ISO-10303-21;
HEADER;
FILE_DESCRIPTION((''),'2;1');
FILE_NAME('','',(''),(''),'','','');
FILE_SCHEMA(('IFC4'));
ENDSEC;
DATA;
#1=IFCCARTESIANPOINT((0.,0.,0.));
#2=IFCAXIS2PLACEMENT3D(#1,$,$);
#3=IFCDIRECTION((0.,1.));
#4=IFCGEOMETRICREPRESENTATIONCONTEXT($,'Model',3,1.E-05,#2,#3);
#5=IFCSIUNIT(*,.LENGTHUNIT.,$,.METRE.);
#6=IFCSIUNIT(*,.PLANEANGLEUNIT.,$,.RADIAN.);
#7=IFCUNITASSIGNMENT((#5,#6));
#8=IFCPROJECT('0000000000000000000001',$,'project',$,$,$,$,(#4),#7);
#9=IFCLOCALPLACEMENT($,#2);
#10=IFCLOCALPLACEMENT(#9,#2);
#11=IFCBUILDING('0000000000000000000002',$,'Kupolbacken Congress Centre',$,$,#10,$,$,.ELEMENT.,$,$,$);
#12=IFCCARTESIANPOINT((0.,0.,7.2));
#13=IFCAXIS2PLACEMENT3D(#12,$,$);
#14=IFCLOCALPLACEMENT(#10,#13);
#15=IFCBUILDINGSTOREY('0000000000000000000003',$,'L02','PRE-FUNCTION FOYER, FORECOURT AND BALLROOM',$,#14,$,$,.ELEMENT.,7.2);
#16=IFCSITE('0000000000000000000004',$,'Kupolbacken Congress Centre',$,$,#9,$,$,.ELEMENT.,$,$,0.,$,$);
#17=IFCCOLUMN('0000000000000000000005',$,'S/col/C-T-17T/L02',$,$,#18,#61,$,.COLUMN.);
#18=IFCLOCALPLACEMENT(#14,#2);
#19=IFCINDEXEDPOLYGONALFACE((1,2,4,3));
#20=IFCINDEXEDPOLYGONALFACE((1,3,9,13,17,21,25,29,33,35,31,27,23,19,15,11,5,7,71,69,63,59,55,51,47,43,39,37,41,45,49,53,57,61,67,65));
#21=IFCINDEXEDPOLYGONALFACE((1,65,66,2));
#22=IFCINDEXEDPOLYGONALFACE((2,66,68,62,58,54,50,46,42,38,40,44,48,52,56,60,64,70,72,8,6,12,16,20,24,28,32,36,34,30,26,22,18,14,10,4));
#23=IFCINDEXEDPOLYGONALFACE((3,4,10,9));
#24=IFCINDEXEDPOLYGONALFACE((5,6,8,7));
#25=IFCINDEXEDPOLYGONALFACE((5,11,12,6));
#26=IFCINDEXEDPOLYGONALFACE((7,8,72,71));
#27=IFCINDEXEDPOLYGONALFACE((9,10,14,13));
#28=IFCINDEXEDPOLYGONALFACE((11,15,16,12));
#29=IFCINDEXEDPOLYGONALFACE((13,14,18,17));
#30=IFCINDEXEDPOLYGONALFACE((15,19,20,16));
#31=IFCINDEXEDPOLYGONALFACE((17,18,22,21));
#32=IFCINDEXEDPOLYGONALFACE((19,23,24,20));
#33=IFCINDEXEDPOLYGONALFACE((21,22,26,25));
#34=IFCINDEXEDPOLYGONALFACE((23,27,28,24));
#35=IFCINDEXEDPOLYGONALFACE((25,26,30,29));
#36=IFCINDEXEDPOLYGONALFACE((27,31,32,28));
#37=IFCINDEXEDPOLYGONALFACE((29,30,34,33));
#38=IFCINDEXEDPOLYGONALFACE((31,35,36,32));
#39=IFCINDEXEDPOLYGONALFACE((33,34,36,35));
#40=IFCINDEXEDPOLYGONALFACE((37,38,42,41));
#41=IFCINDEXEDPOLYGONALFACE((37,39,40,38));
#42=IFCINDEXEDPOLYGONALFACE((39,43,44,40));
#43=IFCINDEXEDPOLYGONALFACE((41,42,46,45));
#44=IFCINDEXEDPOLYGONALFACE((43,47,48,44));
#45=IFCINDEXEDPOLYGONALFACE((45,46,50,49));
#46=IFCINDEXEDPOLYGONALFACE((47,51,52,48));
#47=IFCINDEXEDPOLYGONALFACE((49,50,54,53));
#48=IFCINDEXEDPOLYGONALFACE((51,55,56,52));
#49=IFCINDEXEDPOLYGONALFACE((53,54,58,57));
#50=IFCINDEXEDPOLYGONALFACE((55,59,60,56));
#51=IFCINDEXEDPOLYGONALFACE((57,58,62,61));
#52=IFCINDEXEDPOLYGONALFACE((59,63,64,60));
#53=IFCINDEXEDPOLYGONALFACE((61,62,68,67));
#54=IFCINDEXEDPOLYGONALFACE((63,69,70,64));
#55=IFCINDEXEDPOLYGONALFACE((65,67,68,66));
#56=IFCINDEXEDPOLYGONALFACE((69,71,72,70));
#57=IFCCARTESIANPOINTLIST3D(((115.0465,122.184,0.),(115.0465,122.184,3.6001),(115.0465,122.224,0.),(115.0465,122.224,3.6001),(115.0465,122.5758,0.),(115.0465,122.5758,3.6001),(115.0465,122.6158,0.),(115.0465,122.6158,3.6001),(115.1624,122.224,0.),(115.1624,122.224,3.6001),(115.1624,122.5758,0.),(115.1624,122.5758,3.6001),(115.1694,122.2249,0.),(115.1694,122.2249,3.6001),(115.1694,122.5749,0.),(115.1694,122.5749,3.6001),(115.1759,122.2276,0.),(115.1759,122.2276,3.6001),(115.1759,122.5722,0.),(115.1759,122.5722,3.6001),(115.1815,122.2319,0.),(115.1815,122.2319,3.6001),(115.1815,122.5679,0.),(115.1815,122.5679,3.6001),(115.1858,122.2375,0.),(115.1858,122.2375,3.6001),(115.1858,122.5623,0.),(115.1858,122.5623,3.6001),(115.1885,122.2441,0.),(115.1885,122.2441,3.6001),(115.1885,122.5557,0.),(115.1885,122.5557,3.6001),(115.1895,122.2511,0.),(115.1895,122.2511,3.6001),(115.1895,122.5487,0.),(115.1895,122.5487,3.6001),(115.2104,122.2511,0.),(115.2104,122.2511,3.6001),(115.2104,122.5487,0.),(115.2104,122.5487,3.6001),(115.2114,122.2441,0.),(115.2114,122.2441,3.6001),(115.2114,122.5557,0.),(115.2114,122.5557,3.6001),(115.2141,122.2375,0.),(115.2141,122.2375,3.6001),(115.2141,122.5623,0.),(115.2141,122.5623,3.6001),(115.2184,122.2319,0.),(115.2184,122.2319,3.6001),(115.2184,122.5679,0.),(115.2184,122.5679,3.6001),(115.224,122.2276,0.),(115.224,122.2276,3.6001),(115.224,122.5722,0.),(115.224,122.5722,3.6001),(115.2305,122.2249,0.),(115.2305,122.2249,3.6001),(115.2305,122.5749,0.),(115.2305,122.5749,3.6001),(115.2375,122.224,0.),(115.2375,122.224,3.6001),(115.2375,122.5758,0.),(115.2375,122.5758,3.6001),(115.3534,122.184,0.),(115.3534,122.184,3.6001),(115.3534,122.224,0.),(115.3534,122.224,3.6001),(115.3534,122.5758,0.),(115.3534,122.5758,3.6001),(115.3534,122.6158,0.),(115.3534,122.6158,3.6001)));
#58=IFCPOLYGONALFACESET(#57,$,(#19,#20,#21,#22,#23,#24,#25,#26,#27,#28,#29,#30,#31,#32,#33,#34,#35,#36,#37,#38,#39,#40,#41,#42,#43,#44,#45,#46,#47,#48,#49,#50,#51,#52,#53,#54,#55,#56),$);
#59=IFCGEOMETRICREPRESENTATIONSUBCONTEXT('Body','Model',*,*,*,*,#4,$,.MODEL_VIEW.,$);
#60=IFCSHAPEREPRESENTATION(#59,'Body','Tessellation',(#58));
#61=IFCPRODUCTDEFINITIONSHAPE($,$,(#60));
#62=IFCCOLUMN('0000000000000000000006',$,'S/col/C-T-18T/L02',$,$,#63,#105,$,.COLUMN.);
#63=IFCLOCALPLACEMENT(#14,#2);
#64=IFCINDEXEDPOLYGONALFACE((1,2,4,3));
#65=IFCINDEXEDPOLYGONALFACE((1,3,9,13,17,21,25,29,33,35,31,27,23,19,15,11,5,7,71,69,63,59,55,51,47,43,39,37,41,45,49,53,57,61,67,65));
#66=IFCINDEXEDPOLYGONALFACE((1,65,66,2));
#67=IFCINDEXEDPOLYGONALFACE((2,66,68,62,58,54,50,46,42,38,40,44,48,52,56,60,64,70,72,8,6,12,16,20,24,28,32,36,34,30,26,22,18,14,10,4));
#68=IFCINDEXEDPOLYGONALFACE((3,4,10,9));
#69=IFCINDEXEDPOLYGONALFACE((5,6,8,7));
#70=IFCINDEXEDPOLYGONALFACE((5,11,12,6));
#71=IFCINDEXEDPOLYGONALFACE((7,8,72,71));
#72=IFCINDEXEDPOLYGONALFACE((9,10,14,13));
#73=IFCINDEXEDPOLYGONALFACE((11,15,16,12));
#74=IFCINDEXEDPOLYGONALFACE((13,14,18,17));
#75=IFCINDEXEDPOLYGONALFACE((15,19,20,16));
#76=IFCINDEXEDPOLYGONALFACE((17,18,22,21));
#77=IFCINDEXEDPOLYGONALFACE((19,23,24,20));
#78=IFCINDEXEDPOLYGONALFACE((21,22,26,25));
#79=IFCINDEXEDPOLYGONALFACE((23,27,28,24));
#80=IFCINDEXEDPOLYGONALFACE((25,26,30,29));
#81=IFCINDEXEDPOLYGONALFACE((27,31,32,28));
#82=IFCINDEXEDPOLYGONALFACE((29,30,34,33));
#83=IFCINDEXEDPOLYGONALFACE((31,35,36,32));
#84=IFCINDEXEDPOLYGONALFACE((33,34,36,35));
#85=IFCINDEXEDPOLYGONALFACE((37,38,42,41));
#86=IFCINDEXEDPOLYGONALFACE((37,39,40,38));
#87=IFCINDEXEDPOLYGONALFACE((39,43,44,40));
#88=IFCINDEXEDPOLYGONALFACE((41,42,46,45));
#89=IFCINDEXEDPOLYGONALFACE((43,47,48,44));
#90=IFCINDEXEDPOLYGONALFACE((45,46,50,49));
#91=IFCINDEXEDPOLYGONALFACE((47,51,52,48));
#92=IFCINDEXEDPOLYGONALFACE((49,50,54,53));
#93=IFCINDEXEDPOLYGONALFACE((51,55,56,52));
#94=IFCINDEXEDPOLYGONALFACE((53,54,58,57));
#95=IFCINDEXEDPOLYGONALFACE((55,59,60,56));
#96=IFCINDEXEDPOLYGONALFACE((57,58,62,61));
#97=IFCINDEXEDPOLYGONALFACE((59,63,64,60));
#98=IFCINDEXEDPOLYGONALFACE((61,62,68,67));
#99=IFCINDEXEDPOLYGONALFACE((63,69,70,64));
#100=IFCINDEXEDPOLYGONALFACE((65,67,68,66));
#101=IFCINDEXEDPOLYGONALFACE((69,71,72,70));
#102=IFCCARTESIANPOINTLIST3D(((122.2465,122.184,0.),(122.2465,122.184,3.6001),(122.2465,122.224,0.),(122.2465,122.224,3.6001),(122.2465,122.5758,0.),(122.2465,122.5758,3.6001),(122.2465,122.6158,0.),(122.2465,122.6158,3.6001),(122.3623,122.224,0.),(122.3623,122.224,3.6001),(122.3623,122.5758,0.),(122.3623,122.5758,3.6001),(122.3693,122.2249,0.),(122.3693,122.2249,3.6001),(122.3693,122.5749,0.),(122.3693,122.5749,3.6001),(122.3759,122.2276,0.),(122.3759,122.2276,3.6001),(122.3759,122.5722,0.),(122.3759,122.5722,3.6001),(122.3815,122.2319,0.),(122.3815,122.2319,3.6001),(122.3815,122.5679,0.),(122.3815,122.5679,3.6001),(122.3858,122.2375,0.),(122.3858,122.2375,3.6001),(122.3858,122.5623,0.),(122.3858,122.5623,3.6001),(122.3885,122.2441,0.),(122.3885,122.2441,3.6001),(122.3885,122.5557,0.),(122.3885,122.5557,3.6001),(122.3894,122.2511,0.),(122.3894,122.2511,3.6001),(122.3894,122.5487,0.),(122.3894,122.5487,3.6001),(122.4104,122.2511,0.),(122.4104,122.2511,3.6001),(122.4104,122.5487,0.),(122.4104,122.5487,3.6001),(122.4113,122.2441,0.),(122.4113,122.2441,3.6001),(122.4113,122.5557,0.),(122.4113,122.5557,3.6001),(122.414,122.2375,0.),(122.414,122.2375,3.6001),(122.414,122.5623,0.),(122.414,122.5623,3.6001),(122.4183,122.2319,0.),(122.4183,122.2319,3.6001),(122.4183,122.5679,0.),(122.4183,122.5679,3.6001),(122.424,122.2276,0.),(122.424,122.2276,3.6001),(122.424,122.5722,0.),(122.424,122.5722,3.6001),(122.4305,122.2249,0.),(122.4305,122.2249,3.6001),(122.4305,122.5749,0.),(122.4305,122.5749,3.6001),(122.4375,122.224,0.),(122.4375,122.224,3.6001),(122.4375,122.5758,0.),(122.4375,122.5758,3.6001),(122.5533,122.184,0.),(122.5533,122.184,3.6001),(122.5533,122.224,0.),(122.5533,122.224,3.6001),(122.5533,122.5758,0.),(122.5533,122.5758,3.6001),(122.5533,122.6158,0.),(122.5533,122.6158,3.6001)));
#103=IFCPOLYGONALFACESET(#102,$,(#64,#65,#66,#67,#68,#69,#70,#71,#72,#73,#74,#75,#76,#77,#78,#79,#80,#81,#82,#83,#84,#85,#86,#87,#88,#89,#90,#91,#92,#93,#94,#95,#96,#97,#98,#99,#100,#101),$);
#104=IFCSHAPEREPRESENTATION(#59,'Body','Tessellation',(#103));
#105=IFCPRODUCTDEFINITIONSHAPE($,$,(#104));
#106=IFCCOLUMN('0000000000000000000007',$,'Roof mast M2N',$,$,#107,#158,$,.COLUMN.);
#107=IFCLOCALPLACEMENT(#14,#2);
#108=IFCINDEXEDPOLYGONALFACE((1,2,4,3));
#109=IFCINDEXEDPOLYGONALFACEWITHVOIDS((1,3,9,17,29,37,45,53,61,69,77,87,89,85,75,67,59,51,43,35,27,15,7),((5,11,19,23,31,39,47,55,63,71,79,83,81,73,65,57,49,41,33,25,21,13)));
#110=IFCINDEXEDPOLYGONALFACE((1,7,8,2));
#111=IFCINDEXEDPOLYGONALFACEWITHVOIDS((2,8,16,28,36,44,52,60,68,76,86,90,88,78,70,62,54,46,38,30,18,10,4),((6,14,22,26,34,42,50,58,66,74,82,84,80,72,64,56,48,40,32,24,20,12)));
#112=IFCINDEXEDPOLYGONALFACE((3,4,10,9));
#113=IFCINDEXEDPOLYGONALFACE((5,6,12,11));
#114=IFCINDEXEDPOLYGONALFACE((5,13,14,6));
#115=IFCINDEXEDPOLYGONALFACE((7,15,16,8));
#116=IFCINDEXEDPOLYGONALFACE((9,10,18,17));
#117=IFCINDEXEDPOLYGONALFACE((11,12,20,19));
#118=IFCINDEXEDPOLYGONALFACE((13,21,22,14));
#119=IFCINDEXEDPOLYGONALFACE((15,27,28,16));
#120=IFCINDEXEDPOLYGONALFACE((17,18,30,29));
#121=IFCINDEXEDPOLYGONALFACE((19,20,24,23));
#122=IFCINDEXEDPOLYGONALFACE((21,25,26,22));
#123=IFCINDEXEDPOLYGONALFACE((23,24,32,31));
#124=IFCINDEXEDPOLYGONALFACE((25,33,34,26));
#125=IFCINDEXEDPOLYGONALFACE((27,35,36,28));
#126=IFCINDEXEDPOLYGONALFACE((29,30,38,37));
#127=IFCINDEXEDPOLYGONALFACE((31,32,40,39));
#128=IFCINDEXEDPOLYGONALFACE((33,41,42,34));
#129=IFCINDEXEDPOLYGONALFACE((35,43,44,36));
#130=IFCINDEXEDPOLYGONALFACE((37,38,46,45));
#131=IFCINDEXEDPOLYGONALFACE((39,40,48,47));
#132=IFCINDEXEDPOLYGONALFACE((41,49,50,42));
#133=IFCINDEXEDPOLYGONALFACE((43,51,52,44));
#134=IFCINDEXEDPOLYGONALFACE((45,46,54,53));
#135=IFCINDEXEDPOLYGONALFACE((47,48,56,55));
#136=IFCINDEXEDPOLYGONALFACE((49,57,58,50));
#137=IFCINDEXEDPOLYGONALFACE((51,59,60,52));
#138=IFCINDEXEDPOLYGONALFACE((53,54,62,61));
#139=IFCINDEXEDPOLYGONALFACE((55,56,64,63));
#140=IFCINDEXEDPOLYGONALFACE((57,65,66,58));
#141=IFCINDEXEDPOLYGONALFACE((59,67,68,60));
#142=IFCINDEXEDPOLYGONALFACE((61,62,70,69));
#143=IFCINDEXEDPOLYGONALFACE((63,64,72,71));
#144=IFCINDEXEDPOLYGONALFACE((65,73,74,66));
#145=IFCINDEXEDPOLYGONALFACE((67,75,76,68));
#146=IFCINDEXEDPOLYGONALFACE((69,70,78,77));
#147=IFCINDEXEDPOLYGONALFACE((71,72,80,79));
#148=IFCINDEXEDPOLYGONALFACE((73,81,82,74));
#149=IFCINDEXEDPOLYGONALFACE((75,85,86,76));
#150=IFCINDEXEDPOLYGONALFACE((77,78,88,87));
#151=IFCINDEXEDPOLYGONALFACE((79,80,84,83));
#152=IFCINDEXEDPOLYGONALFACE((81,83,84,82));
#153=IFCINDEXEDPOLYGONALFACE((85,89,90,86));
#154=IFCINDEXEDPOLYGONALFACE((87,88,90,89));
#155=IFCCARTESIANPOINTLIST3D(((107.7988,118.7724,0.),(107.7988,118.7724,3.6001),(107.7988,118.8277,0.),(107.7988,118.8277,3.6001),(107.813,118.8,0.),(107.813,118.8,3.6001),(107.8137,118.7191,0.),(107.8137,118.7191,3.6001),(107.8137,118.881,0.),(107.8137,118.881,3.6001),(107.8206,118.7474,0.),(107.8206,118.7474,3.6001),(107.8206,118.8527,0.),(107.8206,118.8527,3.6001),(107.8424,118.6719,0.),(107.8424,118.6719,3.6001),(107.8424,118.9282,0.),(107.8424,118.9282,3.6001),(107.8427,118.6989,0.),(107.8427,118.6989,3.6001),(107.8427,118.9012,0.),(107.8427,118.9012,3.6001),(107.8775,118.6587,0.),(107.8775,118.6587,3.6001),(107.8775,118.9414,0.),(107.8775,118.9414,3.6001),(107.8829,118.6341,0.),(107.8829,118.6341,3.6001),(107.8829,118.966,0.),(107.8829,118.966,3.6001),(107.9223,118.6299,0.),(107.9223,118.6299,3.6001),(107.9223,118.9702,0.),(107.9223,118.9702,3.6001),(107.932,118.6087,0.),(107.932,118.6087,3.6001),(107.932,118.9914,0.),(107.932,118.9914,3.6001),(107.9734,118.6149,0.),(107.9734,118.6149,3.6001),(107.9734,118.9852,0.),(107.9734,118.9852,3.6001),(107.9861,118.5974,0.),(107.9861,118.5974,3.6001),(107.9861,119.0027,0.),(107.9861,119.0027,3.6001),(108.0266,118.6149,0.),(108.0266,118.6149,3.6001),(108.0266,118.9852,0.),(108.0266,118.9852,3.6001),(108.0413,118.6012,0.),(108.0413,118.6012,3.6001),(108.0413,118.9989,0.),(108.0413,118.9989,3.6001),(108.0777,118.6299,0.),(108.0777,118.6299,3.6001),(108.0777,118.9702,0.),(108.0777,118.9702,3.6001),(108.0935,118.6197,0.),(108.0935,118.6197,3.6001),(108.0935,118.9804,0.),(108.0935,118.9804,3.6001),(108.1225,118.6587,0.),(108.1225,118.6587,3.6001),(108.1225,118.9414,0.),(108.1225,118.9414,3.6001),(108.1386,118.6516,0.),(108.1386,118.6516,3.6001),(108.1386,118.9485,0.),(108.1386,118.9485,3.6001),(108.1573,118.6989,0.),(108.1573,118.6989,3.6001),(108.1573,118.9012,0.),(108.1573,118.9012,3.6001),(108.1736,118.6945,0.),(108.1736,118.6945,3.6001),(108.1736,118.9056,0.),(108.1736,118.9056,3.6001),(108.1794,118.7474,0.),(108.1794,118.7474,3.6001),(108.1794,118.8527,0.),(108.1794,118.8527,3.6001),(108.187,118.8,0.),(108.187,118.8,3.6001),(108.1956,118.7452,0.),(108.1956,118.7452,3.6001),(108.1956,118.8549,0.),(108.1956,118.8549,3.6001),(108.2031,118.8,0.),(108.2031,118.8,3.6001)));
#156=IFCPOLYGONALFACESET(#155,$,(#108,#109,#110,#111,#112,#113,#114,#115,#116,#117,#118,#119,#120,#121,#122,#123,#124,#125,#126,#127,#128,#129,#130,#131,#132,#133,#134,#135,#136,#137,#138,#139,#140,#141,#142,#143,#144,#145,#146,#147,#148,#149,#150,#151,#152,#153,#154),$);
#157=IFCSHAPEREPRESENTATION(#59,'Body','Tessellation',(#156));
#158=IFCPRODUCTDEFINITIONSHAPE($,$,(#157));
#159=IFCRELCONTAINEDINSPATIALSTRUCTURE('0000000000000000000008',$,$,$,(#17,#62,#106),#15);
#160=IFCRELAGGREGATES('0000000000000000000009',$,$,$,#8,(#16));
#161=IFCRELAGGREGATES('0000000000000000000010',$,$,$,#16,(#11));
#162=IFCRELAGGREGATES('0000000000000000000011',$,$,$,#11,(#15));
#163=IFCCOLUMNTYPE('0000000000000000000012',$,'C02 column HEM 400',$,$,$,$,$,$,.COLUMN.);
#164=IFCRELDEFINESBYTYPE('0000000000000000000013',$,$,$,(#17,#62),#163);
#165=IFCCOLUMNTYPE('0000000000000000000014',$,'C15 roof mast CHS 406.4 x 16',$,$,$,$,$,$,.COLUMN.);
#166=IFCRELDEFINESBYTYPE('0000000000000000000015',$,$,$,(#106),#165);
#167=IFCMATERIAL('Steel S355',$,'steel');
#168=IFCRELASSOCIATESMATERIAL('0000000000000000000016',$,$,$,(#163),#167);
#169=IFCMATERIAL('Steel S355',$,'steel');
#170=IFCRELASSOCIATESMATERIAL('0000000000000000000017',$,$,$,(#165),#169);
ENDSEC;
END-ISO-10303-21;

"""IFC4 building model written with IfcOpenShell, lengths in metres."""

from ifc_helpers import new_model, si_unit, direction, frame, origin, origin_2d, place, context, subcontext, project, spatial, hollow_circle, i_section, extrude, material, material_profile, profile_set, type_object, element, save


model = new_model("IFC4")

# Units and contexts
model_context = context("Model", 3, precision=1e-05, world=origin(), true_north=direction((0.0, 1.0)))
body_context = subcontext(model_context, "Body", "Model", "MODEL_VIEW")
ifc_project = project(units=[si_unit("LENGTHUNIT", "METRE"), si_unit("PLANEANGLEUNIT", "RADIAN")], contexts=[model_context])

# Site, building, storey
site_placement = place(None, origin())
site = spatial("IfcSite", under=ifc_project, at=site_placement, Name="Kupolbacken Congress Centre", CompositionType="ELEMENT", RefElevation=0.0)
building_placement = place(site_placement, origin())
building = spatial("IfcBuilding", under=site, at=building_placement, Name="Kupolbacken Congress Centre", CompositionType="ELEMENT")
storey_placement = place(building_placement, frame((0.0, 0.0, 7.2)))
storey = spatial("IfcBuildingStorey", under=building, at=storey_placement, Name="L02", Description="PRE-FUNCTION FOYER, FORECOURT AND BALLROOM", CompositionType="ELEMENT", Elevation=7.2)

# Columns
ifc_material_1 = material(Name="Steel S355", Category="steel")
ifc_material_profile_1 = material_profile(ifc_material_1, i_section(OverallWidth=0.3069, OverallDepth=0.4319, WebThickness=0.021, FlangeThickness=0.04, FilletRadius=0.0271, at=origin_2d()), Name="HEM 400")
ifc_profile_set_1 = profile_set([ifc_material_profile_1], Name="Steel S355")
column_type_1 = type_object("IfcColumnType", Name="C02 column HEM 400", PredefinedType="COLUMN", material=ifc_profile_set_1)
for number, where, z_axis, x_axis, name in (
    (1, (115.2, 122.3999, 0.0), (0.0, 0.0, 1.0), (1.0, 0.0, 0.0), "S/col/C-T-17T/L02"),
    (2, (122.3999, 122.3999, 0.0), (0.0, 0.0, 1.0), (1.0, 0.0, 0.0), "S/col/C-T-18T/L02"),
):
    element("IfcColumn", number, at=place(storey_placement, frame(where, z_axis=z_axis, x_axis=x_axis)), inside=storey, type_object=column_type_1, Name=name, PredefinedType="COLUMN", context=body_context, shape_type="SweptSolid", body=[
        extrude(i_section(OverallWidth=0.3069, OverallDepth=0.4319, WebThickness=0.021, FlangeThickness=0.04, FilletRadius=0.0271, at=origin_2d()), origin(), (0.0, 0.0, 1.0), 3.6001),
    ])
ifc_material_2 = material(Name="Steel S355", Category="steel")
ifc_material_profile_2 = material_profile(ifc_material_2, hollow_circle(Radius=0.2031, WallThickness=0.0161, at=origin_2d()), Name="CHS 406.4 x 16")
ifc_profile_set_2 = profile_set([ifc_material_profile_2], Name="Steel S355")
column_type_2 = type_object("IfcColumnType", Name="C15 roof mast CHS 406.4 x 16", PredefinedType="COLUMN", material=ifc_profile_set_2)
for number, where, z_axis, x_axis, name in (
    (3, (108.0, 118.8, 0.0), (0.0, 0.0, 1.0), (1.0, 0.0, 0.0), "Roof mast M2N"),
):
    element("IfcColumn", number, at=place(storey_placement, frame(where, z_axis=z_axis, x_axis=x_axis)), inside=storey, type_object=column_type_2, Name=name, PredefinedType="COLUMN", context=body_context, shape_type="SweptSolid", body=[
        extrude(hollow_circle(Radius=0.2031, WallThickness=0.0161, at=origin_2d()), origin(), (0.0, 0.0, 1.0), 3.6001),
    ])

save(model, "model.ifc")
